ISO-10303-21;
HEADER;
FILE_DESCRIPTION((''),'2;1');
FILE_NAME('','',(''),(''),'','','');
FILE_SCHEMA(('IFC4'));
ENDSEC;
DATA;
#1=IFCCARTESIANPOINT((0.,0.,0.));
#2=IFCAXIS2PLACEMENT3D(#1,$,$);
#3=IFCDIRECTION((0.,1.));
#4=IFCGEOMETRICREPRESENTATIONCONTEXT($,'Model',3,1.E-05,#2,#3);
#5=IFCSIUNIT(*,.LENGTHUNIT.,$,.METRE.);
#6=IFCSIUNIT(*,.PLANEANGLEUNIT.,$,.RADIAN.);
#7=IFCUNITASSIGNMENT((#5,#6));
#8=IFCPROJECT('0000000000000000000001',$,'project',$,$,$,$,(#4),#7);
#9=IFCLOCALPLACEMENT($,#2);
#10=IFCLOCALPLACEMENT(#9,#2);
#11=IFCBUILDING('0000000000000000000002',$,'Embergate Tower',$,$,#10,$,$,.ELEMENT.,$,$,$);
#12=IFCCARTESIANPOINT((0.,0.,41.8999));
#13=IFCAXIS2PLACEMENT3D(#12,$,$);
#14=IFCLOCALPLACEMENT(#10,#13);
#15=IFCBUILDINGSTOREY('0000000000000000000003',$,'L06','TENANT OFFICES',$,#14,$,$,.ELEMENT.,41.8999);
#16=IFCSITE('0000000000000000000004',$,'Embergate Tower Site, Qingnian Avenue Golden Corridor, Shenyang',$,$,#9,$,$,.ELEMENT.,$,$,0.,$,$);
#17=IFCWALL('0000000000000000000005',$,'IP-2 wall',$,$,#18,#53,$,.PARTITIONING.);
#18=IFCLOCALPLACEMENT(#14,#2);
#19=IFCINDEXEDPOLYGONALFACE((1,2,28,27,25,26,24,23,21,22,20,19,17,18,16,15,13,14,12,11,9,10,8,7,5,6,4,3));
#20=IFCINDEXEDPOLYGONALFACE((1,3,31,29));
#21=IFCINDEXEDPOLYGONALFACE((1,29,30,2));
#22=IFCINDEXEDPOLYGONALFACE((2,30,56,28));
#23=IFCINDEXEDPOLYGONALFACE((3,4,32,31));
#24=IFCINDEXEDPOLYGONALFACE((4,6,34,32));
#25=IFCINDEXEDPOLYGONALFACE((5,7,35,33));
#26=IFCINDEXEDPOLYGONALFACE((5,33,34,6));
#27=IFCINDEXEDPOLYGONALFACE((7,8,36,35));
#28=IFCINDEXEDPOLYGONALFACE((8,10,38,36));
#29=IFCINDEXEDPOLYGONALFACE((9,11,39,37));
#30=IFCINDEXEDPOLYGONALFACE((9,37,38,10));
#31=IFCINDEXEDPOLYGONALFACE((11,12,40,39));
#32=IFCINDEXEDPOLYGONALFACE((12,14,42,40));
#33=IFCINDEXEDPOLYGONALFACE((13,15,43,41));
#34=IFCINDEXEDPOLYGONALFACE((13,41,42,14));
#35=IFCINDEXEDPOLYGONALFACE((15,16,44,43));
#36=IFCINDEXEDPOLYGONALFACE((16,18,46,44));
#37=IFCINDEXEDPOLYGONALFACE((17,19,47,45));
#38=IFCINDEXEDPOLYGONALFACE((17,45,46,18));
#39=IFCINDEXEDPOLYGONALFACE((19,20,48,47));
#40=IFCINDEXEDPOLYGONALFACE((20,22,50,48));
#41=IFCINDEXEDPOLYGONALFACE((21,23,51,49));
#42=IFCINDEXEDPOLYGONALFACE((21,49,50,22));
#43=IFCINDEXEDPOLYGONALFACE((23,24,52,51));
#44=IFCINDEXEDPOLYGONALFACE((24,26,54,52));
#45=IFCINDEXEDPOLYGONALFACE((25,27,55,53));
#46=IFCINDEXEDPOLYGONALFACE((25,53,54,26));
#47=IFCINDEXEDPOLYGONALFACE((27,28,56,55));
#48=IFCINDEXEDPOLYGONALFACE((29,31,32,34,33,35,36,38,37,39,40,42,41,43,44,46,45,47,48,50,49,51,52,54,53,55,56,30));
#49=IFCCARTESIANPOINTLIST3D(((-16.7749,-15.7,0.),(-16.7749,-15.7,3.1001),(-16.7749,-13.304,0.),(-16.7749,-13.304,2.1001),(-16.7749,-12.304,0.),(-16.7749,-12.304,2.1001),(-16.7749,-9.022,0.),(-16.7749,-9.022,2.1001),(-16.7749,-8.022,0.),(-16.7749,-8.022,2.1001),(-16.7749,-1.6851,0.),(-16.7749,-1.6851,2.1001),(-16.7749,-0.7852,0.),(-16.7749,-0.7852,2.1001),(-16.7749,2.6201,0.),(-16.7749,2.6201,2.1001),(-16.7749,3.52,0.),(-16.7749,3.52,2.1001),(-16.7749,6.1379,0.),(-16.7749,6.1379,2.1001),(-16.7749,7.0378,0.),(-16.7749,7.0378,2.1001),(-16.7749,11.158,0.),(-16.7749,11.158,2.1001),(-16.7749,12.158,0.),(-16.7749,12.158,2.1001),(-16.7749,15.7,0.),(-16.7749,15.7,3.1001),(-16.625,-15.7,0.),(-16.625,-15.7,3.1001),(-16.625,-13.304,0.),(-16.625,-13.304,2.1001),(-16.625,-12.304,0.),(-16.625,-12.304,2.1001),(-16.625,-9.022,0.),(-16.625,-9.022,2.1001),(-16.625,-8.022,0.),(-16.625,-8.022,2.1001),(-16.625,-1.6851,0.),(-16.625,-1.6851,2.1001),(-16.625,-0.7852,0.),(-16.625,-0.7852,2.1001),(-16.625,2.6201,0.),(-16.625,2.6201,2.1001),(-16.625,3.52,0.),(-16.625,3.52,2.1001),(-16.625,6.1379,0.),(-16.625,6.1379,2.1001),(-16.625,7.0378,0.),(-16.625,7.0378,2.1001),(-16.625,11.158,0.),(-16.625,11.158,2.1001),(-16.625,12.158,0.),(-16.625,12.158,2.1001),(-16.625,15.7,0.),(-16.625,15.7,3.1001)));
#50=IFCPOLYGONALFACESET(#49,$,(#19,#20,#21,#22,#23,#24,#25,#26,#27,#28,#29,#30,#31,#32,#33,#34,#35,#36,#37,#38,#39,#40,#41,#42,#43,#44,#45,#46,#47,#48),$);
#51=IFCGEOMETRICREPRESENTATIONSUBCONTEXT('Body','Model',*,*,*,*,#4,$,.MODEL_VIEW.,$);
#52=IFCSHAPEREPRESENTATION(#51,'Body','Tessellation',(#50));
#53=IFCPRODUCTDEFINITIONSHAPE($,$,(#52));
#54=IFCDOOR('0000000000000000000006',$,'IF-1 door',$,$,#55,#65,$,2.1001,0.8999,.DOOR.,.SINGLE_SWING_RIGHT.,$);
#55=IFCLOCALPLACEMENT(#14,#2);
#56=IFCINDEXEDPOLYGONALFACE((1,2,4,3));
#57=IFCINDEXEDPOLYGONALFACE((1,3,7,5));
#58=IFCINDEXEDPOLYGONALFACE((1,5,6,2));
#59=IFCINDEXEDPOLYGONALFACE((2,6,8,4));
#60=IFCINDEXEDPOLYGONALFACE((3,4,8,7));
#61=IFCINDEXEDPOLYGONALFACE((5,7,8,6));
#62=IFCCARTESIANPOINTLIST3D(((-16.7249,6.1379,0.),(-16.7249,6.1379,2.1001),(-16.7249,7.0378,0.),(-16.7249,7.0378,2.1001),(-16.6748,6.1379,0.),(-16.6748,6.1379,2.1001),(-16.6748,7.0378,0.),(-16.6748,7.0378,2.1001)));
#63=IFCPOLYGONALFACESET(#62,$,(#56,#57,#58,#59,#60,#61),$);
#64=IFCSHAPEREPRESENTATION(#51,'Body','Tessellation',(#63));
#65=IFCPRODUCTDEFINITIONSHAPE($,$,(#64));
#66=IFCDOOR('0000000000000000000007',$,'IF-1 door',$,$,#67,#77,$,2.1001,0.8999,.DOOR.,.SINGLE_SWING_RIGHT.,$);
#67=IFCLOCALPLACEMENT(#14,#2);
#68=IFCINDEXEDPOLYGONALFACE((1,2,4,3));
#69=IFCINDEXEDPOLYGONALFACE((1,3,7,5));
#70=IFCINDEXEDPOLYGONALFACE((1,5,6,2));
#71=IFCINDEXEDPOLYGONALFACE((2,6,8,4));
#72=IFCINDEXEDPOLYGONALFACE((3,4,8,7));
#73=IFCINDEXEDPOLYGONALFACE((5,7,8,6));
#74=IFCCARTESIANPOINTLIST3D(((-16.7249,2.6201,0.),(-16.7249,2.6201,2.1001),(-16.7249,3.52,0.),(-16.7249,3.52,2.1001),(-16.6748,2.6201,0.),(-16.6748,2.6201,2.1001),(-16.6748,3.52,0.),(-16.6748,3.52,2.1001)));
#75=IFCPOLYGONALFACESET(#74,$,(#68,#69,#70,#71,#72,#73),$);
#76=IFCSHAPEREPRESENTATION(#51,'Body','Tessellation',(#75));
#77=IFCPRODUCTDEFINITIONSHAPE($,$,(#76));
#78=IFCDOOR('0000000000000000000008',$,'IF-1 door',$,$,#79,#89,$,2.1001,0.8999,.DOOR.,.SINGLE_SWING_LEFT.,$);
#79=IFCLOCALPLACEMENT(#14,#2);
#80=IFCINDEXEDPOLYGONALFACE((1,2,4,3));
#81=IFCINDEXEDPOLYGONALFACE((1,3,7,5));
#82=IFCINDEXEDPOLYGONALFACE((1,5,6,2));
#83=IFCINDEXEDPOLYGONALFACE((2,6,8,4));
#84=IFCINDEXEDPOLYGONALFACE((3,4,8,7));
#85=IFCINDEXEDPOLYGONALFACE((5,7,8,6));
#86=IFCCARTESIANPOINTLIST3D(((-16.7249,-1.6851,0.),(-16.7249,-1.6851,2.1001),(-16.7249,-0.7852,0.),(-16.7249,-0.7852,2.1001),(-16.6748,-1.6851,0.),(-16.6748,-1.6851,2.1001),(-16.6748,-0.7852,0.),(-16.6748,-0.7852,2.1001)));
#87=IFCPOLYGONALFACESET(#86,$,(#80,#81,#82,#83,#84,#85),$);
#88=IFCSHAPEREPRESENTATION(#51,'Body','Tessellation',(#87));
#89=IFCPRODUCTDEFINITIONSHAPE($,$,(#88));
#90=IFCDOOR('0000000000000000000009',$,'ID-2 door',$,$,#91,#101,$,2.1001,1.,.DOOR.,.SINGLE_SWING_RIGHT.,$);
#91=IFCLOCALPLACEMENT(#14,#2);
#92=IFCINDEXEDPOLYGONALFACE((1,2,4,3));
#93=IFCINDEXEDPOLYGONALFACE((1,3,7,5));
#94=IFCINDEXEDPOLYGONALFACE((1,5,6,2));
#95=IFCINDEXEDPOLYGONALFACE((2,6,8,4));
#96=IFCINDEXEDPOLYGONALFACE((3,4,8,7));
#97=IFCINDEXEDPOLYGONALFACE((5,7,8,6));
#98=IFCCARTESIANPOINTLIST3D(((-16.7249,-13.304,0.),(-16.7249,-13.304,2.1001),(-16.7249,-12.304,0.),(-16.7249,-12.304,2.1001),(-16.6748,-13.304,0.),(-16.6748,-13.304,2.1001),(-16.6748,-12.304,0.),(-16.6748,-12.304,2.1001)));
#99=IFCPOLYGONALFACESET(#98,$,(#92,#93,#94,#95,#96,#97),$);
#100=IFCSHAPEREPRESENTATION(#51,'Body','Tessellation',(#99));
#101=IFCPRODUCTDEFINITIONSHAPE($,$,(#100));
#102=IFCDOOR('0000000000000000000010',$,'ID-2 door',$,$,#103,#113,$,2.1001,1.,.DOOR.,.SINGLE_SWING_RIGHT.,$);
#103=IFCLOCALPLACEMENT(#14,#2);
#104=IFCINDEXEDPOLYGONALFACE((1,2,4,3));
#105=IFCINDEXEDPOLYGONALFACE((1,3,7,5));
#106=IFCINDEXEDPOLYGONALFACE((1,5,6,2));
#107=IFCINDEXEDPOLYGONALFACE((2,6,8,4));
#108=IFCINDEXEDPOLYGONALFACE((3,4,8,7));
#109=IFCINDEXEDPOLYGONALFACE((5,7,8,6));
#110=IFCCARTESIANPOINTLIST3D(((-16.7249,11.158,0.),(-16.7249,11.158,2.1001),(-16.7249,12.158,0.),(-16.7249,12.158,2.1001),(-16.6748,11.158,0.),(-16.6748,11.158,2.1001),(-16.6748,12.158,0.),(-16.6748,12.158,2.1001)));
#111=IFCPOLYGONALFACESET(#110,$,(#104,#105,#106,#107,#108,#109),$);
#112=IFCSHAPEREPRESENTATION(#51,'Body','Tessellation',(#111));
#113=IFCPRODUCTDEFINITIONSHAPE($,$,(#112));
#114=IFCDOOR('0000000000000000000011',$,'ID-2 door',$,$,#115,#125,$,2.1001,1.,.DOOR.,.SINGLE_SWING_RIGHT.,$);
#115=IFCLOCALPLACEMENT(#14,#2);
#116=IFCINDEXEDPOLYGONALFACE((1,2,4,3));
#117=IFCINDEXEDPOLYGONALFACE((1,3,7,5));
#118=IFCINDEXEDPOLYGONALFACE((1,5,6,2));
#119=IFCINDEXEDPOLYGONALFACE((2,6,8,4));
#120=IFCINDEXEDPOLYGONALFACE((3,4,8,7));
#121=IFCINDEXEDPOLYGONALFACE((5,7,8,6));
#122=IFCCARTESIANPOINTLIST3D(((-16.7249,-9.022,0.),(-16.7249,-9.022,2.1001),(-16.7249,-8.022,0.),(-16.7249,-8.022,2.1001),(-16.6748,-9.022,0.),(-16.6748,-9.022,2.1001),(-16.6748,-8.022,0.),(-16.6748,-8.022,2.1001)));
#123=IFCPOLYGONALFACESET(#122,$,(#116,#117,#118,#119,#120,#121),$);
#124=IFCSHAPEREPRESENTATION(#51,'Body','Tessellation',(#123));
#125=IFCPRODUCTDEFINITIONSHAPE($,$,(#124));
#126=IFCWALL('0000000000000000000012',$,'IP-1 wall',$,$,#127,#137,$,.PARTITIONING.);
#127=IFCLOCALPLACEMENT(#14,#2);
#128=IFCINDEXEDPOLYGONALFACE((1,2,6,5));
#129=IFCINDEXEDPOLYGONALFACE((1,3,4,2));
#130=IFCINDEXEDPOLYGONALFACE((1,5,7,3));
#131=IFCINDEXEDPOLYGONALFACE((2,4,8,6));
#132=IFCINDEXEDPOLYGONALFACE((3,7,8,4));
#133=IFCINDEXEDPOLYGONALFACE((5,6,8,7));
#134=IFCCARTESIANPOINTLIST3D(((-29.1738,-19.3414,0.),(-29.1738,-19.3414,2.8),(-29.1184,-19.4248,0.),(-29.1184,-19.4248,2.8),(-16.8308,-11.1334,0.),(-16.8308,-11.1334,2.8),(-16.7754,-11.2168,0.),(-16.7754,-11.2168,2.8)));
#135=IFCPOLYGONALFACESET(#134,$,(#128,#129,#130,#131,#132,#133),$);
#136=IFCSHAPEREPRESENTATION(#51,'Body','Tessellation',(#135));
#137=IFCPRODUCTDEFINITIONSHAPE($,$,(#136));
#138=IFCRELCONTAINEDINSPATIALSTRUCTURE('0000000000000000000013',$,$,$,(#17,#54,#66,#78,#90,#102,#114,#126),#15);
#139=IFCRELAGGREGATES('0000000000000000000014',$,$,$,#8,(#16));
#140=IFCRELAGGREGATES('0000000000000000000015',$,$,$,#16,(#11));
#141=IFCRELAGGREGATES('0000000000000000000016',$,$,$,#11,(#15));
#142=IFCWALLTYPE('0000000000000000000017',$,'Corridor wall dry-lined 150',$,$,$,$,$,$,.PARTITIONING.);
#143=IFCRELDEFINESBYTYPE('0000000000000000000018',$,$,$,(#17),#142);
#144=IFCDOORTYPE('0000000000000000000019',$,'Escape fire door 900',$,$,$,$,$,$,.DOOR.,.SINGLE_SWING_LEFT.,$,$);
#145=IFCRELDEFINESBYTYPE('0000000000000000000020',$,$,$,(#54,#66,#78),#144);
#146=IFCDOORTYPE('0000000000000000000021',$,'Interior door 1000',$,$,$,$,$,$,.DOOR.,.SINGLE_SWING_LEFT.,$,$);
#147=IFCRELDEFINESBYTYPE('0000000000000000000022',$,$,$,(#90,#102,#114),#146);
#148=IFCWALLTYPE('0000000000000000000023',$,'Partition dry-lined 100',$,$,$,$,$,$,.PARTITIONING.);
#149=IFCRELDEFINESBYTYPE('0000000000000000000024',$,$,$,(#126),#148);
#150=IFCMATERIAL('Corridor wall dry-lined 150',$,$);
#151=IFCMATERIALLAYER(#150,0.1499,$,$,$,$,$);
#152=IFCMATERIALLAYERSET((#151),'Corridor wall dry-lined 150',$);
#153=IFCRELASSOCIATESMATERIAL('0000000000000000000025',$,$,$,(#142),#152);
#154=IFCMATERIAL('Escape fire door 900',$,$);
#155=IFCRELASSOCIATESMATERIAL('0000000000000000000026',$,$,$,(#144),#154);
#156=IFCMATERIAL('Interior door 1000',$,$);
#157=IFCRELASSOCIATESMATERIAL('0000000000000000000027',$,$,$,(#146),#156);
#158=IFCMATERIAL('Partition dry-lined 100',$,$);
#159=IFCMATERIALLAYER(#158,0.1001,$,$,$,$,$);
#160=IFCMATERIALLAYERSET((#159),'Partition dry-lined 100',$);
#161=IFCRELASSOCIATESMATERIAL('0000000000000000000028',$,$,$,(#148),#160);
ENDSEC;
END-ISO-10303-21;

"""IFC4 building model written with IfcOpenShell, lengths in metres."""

from ifc_helpers import new_model, si_unit, direction, frame, frame_2d, origin, place, context, subcontext, project, spatial, rectangle, extrude, source, transform, mapped, material, layer, layer_set, type_object, element, fill, save


model = new_model("IFC4")

# Units and contexts
model_context = context("Model", 3, precision=1e-05, world=origin(), true_north=direction((0.0, 1.0)))
body_context = subcontext(model_context, "Body", "Model", "MODEL_VIEW")
ifc_project = project(units=[si_unit("LENGTHUNIT", "METRE"), si_unit("PLANEANGLEUNIT", "RADIAN")], contexts=[model_context])

# Site, building, storey
site_placement = place(None, origin())
site = spatial("IfcSite", under=ifc_project, at=site_placement, Name="Embergate Tower Site, Qingnian Avenue Golden Corridor, Shenyang", CompositionType="ELEMENT", RefElevation=0.0)
building_placement = place(site_placement, origin())
building = spatial("IfcBuilding", under=site, at=building_placement, Name="Embergate Tower", CompositionType="ELEMENT")
storey_placement = place(building_placement, frame((0.0, 0.0, 41.8999)))
storey = spatial("IfcBuildingStorey", under=building, at=storey_placement, Name="L06", Description="TENANT OFFICES", CompositionType="ELEMENT", Elevation=41.8999)

# Wall, openings, doors
ifc_material_1 = material(Name="Corridor wall dry-lined 150")
ifc_layer_1 = layer(ifc_material_1, 0.1499)
ifc_layer_set_1 = layer_set([ifc_layer_1], Name="Corridor wall dry-lined 150")
wall_type_1 = type_object("IfcWallType", Name="Corridor wall dry-lined 150", PredefinedType="PARTITIONING", material=ifc_layer_set_1)
shared_shape_1 = source(origin(), body_context, "Body", "SweptSolid", [
    extrude(rectangle(XDim=31.3999, YDim=0.1499, at=frame_2d((15.7, 0.0))), origin(), (0.0, 0.0, 1.0), 3.1001),
])
wall_1_placement = place(storey_placement, frame((-16.7, -15.7, 0.0), z_axis=(0.0, 0.0, 1.0), x_axis=(0.0, 1.0, 0.0)))
wall_1 = element("IfcWall", 1, at=wall_1_placement, inside=storey, type_object=wall_type_1, Name="IP-2 wall", PredefinedType="PARTITIONING", context=body_context, shape_type="MappedRepresentation", body=[
    mapped(shared_shape_1, transform((0.0, 0.0, 0.0))),
])
shared_shape_2 = source(origin(), body_context, "Body", "SweptSolid", [
    extrude(rectangle(XDim=1.0, YDim=2.1001, at=frame_2d((0.5, 1.05))), frame((0.0, 0.085, 0.0), z_axis=(0.0, -1.0, 0.0), x_axis=(1.0, 0.0, 0.0)), (0.0, 0.0, 1.0), 0.1699),
])
opening_1_placement = place(wall_1_placement, frame((2.396, 0.0, 0.0)))
opening_1 = element("IfcOpeningElement", 2, at=opening_1_placement, cuts=wall_1, PredefinedType="OPENING", context=body_context, shape_type="MappedRepresentation", body=[
    mapped(shared_shape_2, transform((0.0, 0.0, 0.0))),
])
opening_2_placement = place(wall_1_placement, frame((26.8579, 0.0, 0.0)))
opening_2 = element("IfcOpeningElement", 3, at=opening_2_placement, cuts=wall_1, PredefinedType="OPENING", context=body_context, shape_type="MappedRepresentation", body=[
    mapped(shared_shape_2, transform((0.0, 0.0, 0.0))),
])
shared_shape_3 = source(origin(), body_context, "Body", "SweptSolid", [
    extrude(rectangle(XDim=0.8999, YDim=2.1001, at=frame_2d((0.45, 1.05))), frame((0.0, 0.085, 0.0), z_axis=(0.0, -1.0, 0.0), x_axis=(1.0, 0.0, 0.0)), (0.0, 0.0, 1.0), 0.1699),
])
opening_3_placement = place(wall_1_placement, frame((21.8379, 0.0, 0.0)))
opening_3 = element("IfcOpeningElement", 4, at=opening_3_placement, cuts=wall_1, PredefinedType="OPENING", context=body_context, shape_type="MappedRepresentation", body=[
    mapped(shared_shape_3, transform((0.0, 0.0, 0.0))),
])
opening_4_placement = place(wall_1_placement, frame((18.3201, 0.0, 0.0)))
opening_4 = element("IfcOpeningElement", 5, at=opening_4_placement, cuts=wall_1, PredefinedType="OPENING", context=body_context, shape_type="MappedRepresentation", body=[
    mapped(shared_shape_3, transform((0.0, 0.0, 0.0))),
])
opening_5_placement = place(wall_1_placement, frame((14.0149, 0.0, 0.0)))
opening_5 = element("IfcOpeningElement", 6, at=opening_5_placement, cuts=wall_1, PredefinedType="OPENING", context=body_context, shape_type="MappedRepresentation", body=[
    mapped(shared_shape_3, transform((0.0, 0.0, 0.0))),
])
opening_6_placement = place(wall_1_placement, frame((6.678, 0.0, 0.0)))
opening_6 = element("IfcOpeningElement", 7, at=opening_6_placement, cuts=wall_1, PredefinedType="OPENING", context=body_context, shape_type="MappedRepresentation", body=[
    mapped(shared_shape_2, transform((0.0, 0.0, 0.0))),
])
ifc_material_2 = material(Name="Escape fire door 900")
door_type_1 = type_object("IfcDoorType", Name="Escape fire door 900", OperationType="SINGLE_SWING_LEFT", PredefinedType="DOOR", material=ifc_material_2)
shared_shape_4 = source(origin(), body_context, "Body", "SweptSolid", [
    extrude(rectangle(XDim=0.8999, YDim=2.1001, at=frame_2d((0.45, 1.05))), frame((0.0, 0.0249, 0.0), z_axis=(0.0, -1.0, 0.0), x_axis=(1.0, 0.0, 0.0)), (0.0, 0.0, 1.0), 0.05),
])
door_1_placement = place(opening_3_placement, origin())
door_1 = element("IfcDoor", 8, at=door_1_placement, inside=storey, type_object=door_type_1, Name="IF-1 door", OperationType="SINGLE_SWING_RIGHT", OverallHeight=2.1001, OverallWidth=0.8999, PredefinedType="DOOR", context=body_context, shape_type="MappedRepresentation", body=[
    mapped(shared_shape_4, transform((0.0, 0.0, 0.0))),
])
fill(opening_3, door_1)
door_2_placement = place(opening_4_placement, origin())
door_2 = element("IfcDoor", 9, at=door_2_placement, inside=storey, type_object=door_type_1, Name="IF-1 door", OperationType="SINGLE_SWING_RIGHT", OverallHeight=2.1001, OverallWidth=0.8999, PredefinedType="DOOR", context=body_context, shape_type="MappedRepresentation", body=[
    mapped(shared_shape_4, transform((0.0, 0.0, 0.0))),
])
fill(opening_4, door_2)
door_3_placement = place(opening_5_placement, origin())
door_3 = element("IfcDoor", 10, at=door_3_placement, inside=storey, type_object=door_type_1, Name="IF-1 door", OperationType="SINGLE_SWING_LEFT", OverallHeight=2.1001, OverallWidth=0.8999, PredefinedType="DOOR", context=body_context, shape_type="MappedRepresentation", body=[
    mapped(shared_shape_4, transform((0.0, 0.0, 0.0))),
])
fill(opening_5, door_3)
ifc_material_3 = material(Name="Interior door 1000")
door_type_2 = type_object("IfcDoorType", Name="Interior door 1000", OperationType="SINGLE_SWING_LEFT", PredefinedType="DOOR", material=ifc_material_3)
shared_shape_5 = source(origin(), body_context, "Body", "SweptSolid", [
    extrude(rectangle(XDim=1.0, YDim=2.1001, at=frame_2d((0.5, 1.05))), frame((0.0, 0.0249, 0.0), z_axis=(0.0, -1.0, 0.0), x_axis=(1.0, 0.0, 0.0)), (0.0, 0.0, 1.0), 0.05),
])
door_4_placement = place(opening_1_placement, origin())
door_4 = element("IfcDoor", 11, at=door_4_placement, inside=storey, type_object=door_type_2, Name="ID-2 door", OperationType="SINGLE_SWING_RIGHT", OverallHeight=2.1001, OverallWidth=1.0, PredefinedType="DOOR", context=body_context, shape_type="MappedRepresentation", body=[
    mapped(shared_shape_5, transform((0.0, 0.0, 0.0))),
])
fill(opening_1, door_4)
door_5_placement = place(opening_2_placement, origin())
door_5 = element("IfcDoor", 12, at=door_5_placement, inside=storey, type_object=door_type_2, Name="ID-2 door", OperationType="SINGLE_SWING_RIGHT", OverallHeight=2.1001, OverallWidth=1.0, PredefinedType="DOOR", context=body_context, shape_type="MappedRepresentation", body=[
    mapped(shared_shape_5, transform((0.0, 0.0, 0.0))),
])
fill(opening_2, door_5)
door_6_placement = place(opening_6_placement, origin())
door_6 = element("IfcDoor", 13, at=door_6_placement, inside=storey, type_object=door_type_2, Name="ID-2 door", OperationType="SINGLE_SWING_RIGHT", OverallHeight=2.1001, OverallWidth=1.0, PredefinedType="DOOR", context=body_context, shape_type="MappedRepresentation", body=[
    mapped(shared_shape_5, transform((0.0, 0.0, 0.0))),
])
fill(opening_6, door_6)

# Wall
ifc_material_4 = material(Name="Partition dry-lined 100")
ifc_layer_2 = layer(ifc_material_4, 0.1001)
ifc_layer_set_2 = layer_set([ifc_layer_2], Name="Partition dry-lined 100")
wall_type_2 = type_object("IfcWallType", Name="Partition dry-lined 100", PredefinedType="PARTITIONING", material=ifc_layer_set_2)
shared_shape_6 = source(origin(), body_context, "Body", "SweptSolid", [
    extrude(rectangle(XDim=14.823, YDim=0.1001, at=frame_2d((7.4116, 0.0))), origin(), (0.0, 0.0, 1.0), 2.8),
])
wall_2_placement = place(storey_placement, frame((-16.803, -11.175, 0.0), z_axis=(0.0, 0.0, 1.0), x_axis=(-0.832693, -0.553734, 0.0)))
element("IfcWall", 14, at=wall_2_placement, inside=storey, type_object=wall_type_2, Name="IP-1 wall", PredefinedType="PARTITIONING", context=body_context, shape_type="MappedRepresentation", body=[
    mapped(shared_shape_6, transform((0.0, 0.0, 0.0))),
])

save(model, "model.ifc")
